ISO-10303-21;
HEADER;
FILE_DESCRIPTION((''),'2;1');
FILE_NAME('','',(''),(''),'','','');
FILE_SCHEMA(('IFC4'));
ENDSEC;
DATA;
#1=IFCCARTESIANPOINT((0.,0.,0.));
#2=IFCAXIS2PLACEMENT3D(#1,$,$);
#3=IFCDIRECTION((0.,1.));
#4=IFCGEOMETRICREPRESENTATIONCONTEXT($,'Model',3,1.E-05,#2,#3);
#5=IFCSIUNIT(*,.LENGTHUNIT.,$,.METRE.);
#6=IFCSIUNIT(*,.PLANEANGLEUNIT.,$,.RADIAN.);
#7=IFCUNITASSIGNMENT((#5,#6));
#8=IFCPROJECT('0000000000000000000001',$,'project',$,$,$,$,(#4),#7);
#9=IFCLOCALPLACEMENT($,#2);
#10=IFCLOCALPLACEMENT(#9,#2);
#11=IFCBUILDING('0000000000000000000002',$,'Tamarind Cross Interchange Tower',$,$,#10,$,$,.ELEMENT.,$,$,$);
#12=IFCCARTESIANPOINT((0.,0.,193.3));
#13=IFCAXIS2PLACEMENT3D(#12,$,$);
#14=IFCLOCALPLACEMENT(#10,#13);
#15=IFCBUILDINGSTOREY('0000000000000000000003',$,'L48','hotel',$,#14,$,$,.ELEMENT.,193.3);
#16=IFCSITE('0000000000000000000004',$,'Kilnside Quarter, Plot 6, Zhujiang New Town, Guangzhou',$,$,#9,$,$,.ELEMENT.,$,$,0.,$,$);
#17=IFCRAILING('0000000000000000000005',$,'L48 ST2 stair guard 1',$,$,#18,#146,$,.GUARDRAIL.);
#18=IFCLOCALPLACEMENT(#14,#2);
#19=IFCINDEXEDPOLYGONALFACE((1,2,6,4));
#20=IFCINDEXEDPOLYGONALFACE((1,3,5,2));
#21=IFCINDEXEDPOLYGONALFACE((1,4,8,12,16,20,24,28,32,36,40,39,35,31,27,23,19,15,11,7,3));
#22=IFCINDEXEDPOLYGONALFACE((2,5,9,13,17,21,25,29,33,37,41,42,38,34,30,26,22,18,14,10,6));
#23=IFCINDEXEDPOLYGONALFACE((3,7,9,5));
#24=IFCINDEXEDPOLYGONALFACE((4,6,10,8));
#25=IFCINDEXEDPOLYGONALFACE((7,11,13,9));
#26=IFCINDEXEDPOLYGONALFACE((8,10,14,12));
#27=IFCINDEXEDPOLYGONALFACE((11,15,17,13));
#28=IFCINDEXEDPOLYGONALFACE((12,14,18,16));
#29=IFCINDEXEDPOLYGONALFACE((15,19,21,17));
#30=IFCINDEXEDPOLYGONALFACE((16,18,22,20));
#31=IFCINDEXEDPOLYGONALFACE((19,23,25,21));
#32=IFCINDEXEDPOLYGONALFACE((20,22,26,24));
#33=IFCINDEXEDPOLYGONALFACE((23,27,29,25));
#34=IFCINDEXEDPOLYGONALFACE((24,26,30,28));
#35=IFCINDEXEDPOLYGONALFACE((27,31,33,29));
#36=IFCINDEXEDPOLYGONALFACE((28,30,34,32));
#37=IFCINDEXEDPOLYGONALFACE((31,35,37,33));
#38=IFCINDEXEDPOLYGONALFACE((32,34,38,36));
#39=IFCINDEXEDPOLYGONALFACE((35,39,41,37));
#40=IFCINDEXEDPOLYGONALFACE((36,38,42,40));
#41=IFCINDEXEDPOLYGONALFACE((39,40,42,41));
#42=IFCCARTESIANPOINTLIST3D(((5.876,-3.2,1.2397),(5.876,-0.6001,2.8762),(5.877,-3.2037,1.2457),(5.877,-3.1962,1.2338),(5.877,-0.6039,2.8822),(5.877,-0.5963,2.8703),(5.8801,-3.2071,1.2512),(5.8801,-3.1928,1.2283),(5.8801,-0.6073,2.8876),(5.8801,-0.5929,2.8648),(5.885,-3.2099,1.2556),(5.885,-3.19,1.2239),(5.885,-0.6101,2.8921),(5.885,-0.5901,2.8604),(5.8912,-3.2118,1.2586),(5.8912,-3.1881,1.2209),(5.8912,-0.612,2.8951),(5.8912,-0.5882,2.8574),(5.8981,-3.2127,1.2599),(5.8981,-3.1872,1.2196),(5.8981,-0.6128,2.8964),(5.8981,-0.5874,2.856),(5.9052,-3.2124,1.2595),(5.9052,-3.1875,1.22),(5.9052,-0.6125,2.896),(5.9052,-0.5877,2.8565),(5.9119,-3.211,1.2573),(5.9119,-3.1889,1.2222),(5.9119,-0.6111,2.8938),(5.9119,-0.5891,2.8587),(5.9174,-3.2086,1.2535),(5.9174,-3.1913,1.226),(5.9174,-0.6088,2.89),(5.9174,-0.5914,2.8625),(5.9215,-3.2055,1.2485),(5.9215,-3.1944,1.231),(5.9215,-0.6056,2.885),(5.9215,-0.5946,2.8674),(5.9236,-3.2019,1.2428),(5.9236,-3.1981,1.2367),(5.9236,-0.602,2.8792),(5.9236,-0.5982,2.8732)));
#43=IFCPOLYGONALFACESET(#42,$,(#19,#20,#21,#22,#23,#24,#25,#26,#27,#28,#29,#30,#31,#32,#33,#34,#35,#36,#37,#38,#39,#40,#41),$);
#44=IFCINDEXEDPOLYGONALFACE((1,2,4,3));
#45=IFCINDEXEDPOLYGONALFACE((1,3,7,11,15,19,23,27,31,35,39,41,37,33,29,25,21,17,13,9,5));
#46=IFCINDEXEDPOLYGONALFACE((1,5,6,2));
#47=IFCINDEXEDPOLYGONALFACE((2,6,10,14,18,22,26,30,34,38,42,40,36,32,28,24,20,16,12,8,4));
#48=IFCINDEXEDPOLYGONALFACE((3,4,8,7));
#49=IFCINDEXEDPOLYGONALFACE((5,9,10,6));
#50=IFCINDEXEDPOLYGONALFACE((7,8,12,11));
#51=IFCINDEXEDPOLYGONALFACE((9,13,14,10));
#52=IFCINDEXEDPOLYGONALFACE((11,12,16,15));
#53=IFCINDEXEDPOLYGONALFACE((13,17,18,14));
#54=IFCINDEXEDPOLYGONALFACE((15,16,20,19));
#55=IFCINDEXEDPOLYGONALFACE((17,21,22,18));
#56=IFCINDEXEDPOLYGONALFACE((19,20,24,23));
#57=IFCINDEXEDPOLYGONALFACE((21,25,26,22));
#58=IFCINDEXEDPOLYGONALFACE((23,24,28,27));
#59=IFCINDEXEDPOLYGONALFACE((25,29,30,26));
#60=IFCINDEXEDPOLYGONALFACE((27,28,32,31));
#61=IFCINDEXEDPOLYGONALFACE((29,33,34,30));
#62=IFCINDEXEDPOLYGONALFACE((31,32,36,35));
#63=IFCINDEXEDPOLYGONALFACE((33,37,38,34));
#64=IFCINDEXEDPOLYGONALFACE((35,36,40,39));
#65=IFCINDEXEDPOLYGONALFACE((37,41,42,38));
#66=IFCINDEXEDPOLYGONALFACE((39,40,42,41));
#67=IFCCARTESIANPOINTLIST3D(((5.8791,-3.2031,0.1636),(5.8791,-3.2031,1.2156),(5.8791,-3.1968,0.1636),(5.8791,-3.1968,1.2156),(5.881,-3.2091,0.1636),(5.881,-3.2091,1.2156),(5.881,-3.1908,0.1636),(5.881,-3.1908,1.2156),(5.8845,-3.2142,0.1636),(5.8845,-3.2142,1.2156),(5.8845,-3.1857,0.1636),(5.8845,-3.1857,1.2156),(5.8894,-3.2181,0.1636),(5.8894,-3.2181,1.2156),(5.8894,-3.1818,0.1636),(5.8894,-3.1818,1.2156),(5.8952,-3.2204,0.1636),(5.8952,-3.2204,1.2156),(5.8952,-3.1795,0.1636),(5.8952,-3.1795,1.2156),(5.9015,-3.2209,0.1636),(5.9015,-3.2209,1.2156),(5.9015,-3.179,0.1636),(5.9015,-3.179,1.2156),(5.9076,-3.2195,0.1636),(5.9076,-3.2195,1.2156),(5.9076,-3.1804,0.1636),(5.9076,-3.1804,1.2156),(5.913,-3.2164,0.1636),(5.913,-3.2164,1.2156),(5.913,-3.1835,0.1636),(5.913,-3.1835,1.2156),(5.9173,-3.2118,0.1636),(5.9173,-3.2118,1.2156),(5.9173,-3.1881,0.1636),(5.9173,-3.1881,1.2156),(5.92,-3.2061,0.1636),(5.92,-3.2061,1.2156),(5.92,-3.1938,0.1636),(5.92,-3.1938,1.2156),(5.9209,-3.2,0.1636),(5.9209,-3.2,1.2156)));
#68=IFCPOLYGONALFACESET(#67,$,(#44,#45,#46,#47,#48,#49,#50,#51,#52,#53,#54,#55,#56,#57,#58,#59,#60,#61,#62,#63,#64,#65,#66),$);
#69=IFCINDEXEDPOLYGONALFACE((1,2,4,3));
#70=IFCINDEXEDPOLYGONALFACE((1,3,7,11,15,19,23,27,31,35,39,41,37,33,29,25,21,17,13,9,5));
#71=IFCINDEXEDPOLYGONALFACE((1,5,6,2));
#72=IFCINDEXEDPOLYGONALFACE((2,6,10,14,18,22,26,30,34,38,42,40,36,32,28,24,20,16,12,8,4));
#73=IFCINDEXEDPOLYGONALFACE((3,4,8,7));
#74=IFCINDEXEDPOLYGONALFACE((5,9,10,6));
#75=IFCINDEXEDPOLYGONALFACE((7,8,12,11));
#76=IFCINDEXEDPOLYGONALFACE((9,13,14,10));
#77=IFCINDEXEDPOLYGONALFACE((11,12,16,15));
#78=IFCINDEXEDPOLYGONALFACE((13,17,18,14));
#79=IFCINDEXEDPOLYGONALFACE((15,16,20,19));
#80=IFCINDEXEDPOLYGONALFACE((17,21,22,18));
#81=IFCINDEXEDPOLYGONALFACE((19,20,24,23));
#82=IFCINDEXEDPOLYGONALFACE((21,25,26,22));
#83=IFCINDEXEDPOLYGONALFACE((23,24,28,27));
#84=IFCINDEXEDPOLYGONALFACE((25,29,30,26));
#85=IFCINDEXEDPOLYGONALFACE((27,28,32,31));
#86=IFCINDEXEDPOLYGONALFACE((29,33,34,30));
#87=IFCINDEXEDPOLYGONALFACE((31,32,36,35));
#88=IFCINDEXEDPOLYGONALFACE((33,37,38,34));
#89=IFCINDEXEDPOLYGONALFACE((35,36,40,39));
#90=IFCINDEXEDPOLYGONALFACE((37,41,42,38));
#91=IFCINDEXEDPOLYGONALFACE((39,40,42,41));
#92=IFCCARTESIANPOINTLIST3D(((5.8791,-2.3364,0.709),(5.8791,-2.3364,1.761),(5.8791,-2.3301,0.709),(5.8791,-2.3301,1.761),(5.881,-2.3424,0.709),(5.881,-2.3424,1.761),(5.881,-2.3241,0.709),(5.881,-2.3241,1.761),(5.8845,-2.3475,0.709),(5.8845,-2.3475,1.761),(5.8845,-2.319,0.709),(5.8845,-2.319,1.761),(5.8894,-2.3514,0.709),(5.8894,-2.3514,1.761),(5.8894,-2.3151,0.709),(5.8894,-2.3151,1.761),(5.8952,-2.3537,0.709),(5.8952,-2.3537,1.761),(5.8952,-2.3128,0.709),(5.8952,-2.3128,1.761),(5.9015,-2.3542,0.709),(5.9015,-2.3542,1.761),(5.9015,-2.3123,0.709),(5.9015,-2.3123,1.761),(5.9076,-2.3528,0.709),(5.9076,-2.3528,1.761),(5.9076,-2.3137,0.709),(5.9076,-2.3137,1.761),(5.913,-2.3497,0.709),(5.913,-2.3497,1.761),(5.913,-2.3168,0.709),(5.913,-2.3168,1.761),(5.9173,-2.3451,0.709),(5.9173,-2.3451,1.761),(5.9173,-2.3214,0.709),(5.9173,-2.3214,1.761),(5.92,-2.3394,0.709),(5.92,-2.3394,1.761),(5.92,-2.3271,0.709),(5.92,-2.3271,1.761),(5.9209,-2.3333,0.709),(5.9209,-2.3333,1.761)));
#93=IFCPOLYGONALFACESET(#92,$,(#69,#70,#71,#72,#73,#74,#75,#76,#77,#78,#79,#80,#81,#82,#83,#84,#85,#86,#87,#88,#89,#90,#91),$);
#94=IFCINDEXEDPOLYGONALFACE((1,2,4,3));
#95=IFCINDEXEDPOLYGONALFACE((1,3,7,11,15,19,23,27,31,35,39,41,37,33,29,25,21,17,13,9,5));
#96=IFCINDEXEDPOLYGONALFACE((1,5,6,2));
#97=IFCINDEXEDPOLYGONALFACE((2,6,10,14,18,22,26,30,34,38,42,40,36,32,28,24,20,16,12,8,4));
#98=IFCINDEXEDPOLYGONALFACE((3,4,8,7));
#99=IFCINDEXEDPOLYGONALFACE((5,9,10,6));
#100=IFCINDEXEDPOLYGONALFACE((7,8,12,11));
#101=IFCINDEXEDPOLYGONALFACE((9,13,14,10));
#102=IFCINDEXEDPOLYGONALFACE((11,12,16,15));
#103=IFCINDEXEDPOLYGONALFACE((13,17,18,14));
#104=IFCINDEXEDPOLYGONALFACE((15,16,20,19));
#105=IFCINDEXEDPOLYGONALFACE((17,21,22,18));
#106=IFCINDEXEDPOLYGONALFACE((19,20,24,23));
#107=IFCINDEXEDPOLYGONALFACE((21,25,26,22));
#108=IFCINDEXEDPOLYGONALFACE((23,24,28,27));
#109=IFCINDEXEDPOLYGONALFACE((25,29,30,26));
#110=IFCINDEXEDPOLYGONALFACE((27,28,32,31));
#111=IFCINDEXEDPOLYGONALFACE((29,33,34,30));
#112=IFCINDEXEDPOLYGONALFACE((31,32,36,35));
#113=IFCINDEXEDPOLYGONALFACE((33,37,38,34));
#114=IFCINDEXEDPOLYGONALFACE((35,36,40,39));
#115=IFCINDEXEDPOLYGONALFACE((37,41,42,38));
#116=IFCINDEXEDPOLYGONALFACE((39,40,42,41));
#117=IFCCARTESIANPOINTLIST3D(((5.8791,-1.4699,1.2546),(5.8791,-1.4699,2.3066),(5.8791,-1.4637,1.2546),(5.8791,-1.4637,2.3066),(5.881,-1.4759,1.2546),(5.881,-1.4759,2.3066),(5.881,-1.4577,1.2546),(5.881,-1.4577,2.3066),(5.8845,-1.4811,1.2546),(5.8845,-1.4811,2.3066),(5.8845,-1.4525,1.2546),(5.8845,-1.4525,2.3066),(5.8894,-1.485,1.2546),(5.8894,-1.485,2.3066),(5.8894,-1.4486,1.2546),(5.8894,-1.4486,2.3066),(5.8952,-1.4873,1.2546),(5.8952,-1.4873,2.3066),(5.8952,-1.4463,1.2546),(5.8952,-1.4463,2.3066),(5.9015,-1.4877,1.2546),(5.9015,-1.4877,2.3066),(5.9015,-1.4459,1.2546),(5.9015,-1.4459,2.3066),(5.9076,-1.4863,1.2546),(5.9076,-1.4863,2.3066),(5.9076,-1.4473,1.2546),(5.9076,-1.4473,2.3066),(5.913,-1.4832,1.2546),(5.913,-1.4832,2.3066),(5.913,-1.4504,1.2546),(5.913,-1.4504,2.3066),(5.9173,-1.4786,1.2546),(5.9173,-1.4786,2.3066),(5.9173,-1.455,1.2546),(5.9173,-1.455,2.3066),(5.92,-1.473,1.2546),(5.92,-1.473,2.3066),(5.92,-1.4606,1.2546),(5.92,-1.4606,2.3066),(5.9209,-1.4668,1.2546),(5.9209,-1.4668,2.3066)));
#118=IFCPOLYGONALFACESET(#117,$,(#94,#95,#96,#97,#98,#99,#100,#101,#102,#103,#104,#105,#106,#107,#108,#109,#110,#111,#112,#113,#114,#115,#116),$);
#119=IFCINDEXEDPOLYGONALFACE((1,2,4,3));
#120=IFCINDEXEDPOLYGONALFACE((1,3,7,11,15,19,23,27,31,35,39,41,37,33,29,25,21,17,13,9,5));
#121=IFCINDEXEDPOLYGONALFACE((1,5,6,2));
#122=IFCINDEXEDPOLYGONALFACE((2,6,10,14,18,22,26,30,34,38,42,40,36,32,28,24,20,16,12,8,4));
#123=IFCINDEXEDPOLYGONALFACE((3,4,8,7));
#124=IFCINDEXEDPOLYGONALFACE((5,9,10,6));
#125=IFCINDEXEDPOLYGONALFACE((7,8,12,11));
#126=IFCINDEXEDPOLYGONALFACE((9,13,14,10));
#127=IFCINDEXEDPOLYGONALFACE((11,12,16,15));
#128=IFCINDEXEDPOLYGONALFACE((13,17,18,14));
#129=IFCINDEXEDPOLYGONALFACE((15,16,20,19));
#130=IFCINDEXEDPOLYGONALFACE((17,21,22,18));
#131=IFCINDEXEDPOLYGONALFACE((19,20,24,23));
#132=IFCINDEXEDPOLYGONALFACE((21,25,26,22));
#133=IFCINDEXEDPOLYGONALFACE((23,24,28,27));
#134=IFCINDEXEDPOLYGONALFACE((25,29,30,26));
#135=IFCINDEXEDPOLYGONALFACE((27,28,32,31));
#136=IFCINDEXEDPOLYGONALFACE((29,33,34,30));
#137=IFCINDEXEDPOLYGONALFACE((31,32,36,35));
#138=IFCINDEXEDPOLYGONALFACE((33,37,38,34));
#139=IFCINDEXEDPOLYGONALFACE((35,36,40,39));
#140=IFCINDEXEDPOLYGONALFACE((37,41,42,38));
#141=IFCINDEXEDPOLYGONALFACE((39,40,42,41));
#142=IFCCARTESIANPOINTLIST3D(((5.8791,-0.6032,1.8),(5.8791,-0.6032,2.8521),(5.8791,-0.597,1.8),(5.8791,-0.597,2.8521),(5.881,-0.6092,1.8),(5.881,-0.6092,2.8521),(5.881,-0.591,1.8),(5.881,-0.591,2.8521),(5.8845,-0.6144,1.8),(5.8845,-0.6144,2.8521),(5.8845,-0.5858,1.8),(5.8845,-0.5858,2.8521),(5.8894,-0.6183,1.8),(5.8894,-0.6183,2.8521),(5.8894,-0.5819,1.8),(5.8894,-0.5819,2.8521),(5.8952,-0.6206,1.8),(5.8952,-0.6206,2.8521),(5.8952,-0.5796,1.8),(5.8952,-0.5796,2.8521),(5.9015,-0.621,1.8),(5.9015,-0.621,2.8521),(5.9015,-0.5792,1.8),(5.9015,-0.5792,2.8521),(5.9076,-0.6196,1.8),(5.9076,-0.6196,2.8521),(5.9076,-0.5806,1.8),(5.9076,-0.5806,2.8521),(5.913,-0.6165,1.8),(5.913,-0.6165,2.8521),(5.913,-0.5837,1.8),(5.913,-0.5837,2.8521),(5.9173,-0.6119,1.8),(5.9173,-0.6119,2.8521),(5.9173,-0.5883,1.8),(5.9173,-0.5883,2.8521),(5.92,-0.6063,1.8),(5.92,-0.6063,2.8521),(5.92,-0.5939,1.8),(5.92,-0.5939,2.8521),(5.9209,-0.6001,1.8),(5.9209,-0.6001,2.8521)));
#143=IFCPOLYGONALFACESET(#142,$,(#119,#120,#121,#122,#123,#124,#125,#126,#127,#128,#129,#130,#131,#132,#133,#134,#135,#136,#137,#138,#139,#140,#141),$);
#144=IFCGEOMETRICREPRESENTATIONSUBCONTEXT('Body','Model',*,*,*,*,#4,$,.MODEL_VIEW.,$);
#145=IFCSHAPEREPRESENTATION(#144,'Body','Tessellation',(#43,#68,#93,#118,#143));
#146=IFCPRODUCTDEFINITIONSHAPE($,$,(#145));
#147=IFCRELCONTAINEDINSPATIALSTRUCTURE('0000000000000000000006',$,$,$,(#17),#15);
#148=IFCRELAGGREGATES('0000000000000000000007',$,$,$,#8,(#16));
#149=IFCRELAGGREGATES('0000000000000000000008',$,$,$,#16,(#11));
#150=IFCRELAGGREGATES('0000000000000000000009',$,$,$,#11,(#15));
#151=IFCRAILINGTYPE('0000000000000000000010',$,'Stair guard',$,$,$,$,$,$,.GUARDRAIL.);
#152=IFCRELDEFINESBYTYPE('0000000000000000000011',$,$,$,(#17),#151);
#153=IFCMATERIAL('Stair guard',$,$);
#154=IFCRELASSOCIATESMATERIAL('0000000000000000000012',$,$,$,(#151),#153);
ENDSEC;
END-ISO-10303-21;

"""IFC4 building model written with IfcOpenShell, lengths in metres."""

from ifc_helpers import new_model, si_unit, direction, frame, origin, origin_2d, place, context, subcontext, project, spatial, circle, extrude, material, type_object, element, save


model = new_model("IFC4")

# Units and contexts
model_context = context("Model", 3, precision=1e-05, world=origin(), true_north=direction((0.0, 1.0)))
body_context = subcontext(model_context, "Body", "Model", "MODEL_VIEW")
ifc_project = project(units=[si_unit("LENGTHUNIT", "METRE"), si_unit("PLANEANGLEUNIT", "RADIAN")], contexts=[model_context])

# Site, building, storey
site_placement = place(None, origin())
site = spatial("IfcSite", under=ifc_project, at=site_placement, Name="Kilnside Quarter, Plot 6, Zhujiang New Town, Guangzhou", CompositionType="ELEMENT", RefElevation=0.0)
building_placement = place(site_placement, origin())
building = spatial("IfcBuilding", under=site, at=building_placement, Name="Tamarind Cross Interchange Tower", CompositionType="ELEMENT")
storey_placement = place(building_placement, frame((0.0, 0.0, 193.3)))
storey = spatial("IfcBuildingStorey", under=building, at=storey_placement, Name="L48", Description="hotel", CompositionType="ELEMENT", Elevation=193.3)

# Railing
ifc_material_1 = material(Name="Stair guard")
railing_type_1 = type_object("IfcRailingType", Name="Stair guard", PredefinedType="GUARDRAIL", material=ifc_material_1)
railing_1_placement = place(storey_placement, frame((5.8999, -3.2, 0.1636)))
element("IfcRailing", 1, at=railing_1_placement, inside=storey, type_object=railing_type_1, Name="L48 ST2 stair guard 1", PredefinedType="GUARDRAIL", context=body_context, shape_type="SweptSolid", body=[
    extrude(circle(Radius=0.0239, at=origin_2d()), frame((0.0, 0.0, 1.0762), z_axis=(0.0, 0.846302, 0.532704), x_axis=(-1.0, 0.0, 0.0)), (0.0, 0.0, 1.0), 3.072),
    extrude(circle(Radius=0.021, at=origin_2d()), origin(), (0.0, 0.0, 1.0), 1.052),
    extrude(circle(Radius=0.021, at=origin_2d()), frame((0.0, 0.8667, 0.5454)), (0.0, 0.0, 1.0), 1.052),
    extrude(circle(Radius=0.021, at=origin_2d()), frame((0.0, 1.7332, 1.0911)), (0.0, 0.0, 1.0), 1.052),
    extrude(circle(Radius=0.021, at=origin_2d()), frame((0.0, 2.5999, 1.6365)), (0.0, 0.0, 1.0), 1.052),
])

save(model, "model.ifc")
